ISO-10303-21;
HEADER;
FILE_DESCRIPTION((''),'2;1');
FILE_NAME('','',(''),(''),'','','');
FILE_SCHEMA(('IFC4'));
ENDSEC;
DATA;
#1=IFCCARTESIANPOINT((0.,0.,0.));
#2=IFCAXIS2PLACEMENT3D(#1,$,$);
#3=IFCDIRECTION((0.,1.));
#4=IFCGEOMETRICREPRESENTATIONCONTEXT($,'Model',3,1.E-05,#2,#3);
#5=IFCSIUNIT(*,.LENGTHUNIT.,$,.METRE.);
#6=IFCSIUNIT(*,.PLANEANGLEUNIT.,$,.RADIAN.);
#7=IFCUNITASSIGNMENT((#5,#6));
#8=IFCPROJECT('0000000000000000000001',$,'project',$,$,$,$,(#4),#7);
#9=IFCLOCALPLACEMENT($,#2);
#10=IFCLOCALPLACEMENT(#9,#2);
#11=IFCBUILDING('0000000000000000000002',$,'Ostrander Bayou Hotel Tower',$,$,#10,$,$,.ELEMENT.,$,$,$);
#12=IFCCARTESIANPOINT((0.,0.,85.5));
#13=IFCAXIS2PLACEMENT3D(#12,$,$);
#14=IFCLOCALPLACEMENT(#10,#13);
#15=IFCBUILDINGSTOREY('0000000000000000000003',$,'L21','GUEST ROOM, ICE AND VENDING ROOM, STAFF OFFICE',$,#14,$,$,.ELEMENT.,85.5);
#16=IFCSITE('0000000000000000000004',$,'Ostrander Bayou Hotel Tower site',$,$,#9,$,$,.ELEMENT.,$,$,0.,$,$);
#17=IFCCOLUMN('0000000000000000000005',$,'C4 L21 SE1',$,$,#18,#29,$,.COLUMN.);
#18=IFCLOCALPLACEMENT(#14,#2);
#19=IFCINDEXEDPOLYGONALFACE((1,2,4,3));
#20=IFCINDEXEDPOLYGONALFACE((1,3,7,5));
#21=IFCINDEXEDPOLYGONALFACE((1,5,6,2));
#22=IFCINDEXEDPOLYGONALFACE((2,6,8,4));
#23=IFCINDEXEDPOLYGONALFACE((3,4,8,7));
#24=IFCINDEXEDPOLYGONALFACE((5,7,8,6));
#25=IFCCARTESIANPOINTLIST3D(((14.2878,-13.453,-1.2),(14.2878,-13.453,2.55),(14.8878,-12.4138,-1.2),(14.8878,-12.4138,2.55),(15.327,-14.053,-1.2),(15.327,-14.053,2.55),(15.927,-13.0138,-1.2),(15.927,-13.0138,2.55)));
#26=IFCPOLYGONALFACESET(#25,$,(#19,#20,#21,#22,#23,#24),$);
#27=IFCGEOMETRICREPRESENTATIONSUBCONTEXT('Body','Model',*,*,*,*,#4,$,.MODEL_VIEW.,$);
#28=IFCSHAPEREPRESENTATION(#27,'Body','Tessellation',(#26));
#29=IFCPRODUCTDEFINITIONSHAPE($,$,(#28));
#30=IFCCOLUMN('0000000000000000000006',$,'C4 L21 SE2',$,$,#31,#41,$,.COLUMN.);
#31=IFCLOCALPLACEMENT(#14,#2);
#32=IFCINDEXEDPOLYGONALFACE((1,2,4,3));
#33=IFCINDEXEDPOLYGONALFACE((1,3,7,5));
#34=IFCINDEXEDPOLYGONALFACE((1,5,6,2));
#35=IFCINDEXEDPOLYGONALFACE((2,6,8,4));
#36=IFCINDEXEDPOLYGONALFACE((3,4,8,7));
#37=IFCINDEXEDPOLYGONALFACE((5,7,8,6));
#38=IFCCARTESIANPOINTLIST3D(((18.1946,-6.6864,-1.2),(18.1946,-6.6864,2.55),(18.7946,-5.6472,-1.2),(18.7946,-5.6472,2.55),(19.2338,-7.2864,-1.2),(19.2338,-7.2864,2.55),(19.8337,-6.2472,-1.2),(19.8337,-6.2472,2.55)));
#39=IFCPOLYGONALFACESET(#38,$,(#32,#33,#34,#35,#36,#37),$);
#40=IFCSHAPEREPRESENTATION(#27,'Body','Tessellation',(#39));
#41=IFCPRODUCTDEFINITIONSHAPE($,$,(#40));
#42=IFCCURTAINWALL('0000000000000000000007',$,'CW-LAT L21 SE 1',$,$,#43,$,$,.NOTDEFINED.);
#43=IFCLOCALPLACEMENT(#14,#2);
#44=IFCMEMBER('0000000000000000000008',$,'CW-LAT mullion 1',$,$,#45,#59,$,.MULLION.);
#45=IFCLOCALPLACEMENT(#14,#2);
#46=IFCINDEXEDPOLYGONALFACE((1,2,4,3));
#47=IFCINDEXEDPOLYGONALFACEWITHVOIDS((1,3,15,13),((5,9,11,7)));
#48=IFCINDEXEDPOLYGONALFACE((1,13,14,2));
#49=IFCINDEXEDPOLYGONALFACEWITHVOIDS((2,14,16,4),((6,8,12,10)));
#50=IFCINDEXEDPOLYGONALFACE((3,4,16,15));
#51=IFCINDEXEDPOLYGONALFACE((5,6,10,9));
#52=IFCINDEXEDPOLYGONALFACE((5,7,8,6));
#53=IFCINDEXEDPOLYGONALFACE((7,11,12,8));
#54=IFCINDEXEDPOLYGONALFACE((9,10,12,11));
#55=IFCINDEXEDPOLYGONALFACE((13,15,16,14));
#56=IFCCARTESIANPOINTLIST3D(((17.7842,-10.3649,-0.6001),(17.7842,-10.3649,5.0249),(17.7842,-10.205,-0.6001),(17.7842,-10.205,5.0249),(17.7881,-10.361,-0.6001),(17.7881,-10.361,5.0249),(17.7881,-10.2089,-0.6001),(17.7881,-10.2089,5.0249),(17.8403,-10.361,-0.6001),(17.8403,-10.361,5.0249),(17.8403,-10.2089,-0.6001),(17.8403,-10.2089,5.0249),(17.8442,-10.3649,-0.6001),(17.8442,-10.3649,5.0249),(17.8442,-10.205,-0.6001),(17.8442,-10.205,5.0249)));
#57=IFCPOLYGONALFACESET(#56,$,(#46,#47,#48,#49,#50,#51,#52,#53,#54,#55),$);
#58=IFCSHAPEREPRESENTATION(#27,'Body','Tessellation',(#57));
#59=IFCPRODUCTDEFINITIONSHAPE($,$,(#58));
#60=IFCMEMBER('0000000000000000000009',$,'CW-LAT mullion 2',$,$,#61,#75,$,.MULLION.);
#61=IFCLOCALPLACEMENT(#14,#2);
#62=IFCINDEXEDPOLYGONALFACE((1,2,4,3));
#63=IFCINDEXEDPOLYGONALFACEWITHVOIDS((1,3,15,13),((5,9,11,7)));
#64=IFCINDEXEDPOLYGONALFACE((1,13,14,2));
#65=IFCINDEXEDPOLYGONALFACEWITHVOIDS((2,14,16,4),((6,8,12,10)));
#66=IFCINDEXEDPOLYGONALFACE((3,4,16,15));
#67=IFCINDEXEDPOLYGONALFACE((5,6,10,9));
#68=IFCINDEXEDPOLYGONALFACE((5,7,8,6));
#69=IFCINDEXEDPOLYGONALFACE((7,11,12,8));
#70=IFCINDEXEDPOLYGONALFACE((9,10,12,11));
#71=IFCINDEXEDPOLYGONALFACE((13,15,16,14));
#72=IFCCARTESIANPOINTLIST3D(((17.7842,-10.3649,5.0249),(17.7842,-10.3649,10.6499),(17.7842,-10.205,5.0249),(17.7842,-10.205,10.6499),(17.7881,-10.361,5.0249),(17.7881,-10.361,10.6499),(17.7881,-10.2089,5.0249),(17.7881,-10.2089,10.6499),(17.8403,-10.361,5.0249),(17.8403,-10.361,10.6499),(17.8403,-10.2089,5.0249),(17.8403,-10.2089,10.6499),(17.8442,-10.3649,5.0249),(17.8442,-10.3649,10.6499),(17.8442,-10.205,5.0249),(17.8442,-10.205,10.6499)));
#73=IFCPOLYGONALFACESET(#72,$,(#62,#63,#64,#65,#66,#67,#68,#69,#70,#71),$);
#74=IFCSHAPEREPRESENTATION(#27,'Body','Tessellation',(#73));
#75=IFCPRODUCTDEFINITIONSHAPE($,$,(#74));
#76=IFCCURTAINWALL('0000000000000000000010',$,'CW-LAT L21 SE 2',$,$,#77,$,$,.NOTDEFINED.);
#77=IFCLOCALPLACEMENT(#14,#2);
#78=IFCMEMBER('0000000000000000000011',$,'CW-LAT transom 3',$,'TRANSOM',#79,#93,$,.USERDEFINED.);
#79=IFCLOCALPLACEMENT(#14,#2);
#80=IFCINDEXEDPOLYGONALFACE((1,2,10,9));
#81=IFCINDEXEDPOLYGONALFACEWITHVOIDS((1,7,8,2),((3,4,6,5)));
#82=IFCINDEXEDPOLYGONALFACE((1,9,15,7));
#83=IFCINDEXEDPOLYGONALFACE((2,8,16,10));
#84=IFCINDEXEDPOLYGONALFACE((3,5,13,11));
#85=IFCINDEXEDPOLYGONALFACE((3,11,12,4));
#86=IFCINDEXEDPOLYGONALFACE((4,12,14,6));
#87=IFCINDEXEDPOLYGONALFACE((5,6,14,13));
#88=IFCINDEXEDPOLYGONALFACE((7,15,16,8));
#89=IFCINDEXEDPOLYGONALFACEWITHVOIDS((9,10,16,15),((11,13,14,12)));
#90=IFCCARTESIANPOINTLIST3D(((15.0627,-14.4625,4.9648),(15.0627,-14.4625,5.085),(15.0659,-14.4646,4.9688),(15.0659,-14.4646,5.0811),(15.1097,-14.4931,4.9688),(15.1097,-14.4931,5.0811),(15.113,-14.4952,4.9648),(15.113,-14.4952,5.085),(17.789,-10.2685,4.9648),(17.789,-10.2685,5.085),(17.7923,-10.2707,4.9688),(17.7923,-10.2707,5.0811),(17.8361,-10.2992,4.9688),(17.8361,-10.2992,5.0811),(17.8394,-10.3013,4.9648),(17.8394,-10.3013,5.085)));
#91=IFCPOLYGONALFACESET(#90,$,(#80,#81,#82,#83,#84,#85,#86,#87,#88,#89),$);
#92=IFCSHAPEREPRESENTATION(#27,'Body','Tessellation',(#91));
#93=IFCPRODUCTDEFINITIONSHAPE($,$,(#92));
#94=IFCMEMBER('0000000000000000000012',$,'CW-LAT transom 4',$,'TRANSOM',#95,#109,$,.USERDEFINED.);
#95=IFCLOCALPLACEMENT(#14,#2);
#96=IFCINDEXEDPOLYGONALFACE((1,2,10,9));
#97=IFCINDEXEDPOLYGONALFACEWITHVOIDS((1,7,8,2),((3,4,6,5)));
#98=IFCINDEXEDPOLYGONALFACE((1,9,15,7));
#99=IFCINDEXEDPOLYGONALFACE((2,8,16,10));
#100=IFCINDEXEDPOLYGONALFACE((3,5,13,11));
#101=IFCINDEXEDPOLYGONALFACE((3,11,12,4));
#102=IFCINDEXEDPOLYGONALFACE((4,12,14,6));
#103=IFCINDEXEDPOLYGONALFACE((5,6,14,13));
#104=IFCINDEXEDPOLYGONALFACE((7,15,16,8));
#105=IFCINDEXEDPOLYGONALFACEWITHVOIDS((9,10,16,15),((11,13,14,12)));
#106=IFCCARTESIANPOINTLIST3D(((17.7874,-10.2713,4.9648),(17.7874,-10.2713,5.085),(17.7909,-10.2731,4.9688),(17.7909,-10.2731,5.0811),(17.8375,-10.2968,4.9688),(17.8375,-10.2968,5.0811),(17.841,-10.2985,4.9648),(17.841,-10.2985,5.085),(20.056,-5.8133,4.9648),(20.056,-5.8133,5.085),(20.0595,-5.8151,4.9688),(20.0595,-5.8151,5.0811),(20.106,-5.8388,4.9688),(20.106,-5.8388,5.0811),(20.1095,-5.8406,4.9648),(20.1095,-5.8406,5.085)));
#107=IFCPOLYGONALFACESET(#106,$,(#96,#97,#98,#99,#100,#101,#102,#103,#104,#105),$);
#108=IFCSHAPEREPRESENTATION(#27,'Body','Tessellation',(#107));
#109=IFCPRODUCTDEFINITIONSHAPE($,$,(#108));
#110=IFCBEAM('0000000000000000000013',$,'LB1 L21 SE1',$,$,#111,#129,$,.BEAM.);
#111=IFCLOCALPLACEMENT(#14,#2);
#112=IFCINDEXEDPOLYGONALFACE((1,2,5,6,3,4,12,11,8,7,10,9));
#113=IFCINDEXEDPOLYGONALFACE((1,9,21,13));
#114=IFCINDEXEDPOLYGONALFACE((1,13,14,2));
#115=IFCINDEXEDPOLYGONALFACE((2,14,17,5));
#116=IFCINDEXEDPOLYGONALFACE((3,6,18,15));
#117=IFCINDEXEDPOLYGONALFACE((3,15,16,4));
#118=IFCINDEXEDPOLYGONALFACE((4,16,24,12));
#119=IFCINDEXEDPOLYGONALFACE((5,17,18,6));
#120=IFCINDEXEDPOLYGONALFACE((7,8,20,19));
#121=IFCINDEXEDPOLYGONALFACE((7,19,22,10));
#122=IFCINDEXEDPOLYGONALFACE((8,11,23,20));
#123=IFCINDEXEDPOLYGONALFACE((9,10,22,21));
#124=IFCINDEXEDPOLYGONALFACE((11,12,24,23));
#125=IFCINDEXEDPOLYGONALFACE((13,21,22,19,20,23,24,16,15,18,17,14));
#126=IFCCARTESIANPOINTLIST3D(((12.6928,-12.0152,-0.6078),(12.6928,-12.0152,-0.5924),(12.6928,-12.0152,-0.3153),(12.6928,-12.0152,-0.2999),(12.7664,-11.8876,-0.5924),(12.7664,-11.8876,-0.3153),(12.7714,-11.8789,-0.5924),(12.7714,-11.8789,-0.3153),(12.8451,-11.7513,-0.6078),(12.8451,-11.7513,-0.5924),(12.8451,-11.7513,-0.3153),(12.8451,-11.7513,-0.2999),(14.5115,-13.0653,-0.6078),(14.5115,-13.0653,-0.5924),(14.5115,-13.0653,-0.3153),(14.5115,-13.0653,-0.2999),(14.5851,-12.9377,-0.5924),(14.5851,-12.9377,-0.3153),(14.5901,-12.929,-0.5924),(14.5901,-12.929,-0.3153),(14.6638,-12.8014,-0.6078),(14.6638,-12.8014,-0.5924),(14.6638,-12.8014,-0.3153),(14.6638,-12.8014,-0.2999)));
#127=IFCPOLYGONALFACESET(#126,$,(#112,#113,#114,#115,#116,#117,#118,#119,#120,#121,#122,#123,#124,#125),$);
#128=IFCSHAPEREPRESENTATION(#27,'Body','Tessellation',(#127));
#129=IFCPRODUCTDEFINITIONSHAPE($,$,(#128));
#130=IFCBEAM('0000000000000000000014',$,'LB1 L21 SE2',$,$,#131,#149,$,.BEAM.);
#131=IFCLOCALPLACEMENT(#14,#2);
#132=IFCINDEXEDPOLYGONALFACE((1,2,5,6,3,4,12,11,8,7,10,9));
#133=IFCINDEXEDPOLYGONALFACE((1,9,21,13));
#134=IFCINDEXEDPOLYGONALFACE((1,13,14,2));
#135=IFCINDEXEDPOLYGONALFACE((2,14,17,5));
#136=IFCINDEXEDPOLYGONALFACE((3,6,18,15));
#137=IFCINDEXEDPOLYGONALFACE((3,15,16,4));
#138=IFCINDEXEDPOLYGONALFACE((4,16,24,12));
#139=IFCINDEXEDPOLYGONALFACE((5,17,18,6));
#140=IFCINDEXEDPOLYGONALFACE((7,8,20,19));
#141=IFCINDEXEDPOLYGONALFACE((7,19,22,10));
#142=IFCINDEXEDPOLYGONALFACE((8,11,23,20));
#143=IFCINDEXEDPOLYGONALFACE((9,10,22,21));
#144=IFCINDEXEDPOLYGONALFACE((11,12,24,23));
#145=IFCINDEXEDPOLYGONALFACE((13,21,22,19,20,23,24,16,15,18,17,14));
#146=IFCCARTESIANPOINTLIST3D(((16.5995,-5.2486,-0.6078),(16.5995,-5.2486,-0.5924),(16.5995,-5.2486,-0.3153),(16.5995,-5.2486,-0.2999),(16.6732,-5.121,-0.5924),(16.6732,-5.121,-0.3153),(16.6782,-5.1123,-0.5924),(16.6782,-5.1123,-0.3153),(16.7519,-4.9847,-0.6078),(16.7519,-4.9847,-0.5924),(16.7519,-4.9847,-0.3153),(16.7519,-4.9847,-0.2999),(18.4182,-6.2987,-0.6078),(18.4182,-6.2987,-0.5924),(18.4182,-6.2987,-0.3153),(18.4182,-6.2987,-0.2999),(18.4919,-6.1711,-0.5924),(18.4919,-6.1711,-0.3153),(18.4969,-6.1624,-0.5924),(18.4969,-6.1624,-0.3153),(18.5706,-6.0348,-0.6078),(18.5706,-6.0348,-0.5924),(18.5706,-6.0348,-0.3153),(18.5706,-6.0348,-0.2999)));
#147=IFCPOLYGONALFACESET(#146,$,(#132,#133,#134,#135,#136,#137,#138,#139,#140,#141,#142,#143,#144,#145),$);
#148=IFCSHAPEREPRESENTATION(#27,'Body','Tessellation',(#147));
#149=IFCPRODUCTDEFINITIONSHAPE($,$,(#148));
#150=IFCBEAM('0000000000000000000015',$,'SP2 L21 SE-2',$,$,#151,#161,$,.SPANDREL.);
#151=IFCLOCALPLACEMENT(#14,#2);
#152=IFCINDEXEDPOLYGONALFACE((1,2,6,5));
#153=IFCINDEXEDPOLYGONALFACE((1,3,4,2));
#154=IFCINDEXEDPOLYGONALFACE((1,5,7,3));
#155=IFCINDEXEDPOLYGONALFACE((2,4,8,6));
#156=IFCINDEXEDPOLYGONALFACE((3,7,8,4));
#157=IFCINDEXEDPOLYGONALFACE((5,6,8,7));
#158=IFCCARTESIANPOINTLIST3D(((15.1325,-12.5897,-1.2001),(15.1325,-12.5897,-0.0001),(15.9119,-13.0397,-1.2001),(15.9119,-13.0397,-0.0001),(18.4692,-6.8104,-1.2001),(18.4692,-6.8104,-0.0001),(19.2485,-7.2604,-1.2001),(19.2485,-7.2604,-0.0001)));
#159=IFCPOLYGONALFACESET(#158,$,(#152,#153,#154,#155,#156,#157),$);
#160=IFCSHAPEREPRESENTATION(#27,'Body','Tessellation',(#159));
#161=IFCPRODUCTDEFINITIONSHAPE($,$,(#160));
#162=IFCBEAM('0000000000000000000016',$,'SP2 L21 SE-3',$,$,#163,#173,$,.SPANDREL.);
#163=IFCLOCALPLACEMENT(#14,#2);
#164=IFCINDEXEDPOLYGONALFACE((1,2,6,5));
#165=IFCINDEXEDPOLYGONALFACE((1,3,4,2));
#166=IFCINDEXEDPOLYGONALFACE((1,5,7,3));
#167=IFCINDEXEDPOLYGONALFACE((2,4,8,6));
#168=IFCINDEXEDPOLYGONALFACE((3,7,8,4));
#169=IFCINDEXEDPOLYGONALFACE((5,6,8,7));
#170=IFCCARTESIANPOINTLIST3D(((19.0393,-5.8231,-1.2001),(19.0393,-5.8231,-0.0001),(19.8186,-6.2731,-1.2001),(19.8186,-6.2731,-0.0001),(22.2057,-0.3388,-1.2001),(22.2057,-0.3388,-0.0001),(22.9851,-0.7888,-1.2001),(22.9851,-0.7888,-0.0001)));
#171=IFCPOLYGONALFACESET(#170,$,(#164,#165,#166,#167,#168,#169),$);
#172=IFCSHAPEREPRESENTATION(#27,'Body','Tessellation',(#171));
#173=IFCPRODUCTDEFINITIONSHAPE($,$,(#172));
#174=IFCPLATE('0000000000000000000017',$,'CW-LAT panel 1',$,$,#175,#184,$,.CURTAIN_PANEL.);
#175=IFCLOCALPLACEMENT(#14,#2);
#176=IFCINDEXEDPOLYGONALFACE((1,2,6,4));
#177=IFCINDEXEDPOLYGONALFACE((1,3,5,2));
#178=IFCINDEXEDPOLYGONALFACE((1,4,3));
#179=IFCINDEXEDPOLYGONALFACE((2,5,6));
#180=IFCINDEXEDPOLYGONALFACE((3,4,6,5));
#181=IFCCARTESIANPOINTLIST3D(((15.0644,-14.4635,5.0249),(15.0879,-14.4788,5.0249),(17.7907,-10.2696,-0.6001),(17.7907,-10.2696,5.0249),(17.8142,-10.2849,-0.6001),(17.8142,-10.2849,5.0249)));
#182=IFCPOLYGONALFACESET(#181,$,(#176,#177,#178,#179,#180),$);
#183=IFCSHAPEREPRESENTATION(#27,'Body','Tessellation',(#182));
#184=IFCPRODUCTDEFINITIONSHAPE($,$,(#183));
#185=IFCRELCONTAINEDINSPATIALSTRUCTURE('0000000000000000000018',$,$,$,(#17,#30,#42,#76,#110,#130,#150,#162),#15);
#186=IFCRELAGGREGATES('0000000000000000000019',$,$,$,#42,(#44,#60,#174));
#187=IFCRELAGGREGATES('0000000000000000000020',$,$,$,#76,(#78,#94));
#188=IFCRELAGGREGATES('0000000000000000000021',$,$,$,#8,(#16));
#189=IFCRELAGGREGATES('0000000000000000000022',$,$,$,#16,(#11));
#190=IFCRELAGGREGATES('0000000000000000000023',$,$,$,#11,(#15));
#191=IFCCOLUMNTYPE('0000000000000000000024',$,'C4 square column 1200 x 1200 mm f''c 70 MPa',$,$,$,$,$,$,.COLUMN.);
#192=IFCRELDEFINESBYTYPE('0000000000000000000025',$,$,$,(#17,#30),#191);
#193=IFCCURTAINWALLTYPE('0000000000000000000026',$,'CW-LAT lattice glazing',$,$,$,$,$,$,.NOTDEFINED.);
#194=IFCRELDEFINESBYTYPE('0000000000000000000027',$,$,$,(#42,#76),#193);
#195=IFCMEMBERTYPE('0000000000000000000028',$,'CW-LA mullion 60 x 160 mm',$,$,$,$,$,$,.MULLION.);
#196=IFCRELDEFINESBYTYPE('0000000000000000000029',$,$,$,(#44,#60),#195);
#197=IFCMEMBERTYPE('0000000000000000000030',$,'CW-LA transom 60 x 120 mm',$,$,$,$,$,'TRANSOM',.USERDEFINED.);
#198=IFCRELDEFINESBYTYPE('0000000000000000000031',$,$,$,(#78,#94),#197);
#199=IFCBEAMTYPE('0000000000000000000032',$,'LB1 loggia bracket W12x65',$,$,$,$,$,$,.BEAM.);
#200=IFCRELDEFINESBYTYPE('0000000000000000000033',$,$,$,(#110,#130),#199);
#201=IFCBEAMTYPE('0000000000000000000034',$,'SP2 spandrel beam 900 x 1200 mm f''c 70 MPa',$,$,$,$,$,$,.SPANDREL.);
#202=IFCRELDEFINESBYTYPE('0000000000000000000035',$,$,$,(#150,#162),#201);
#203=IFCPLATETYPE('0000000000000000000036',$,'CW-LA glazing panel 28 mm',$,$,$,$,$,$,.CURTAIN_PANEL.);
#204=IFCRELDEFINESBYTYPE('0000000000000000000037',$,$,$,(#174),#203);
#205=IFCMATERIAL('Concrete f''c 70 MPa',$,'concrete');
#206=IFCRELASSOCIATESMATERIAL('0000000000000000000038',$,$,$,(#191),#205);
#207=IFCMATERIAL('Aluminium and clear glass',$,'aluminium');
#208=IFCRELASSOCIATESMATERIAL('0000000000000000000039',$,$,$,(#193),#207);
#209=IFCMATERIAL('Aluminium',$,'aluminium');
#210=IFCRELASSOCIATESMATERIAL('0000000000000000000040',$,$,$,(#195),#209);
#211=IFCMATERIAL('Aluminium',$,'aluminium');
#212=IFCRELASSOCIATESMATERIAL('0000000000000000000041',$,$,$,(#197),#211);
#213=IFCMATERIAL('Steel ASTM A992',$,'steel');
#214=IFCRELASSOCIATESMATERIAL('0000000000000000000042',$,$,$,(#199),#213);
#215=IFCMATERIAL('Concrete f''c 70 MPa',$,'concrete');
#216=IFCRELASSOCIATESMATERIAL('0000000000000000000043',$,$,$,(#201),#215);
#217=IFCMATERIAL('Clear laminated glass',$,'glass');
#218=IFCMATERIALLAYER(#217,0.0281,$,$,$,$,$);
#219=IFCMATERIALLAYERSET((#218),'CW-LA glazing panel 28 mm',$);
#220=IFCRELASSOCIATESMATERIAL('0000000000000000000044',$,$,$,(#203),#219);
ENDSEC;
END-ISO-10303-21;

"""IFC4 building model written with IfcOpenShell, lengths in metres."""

from ifc_helpers import new_model, si_unit, direction, frame, origin, origin_2d, place, context, subcontext, project, spatial, polyline, rectangle, hollow_rectangle, i_section, outline, extrude, material, layer, layer_set, material_profile, profile_set, type_object, element, aggregate, save


model = new_model("IFC4")

# Units and contexts
model_context = context("Model", 3, precision=1e-05, world=origin(), true_north=direction((0.0, 1.0)))
body_context = subcontext(model_context, "Body", "Model", "MODEL_VIEW")
ifc_project = project(units=[si_unit("LENGTHUNIT", "METRE"), si_unit("PLANEANGLEUNIT", "RADIAN")], contexts=[model_context])

# Site, building, storey
site_placement = place(None, origin())
site = spatial("IfcSite", under=ifc_project, at=site_placement, Name="Ostrander Bayou Hotel Tower site", CompositionType="ELEMENT", RefElevation=0.0)
building_placement = place(site_placement, origin())
building = spatial("IfcBuilding", under=site, at=building_placement, Name="Ostrander Bayou Hotel Tower", CompositionType="ELEMENT")
storey_placement = place(building_placement, frame((0.0, 0.0, 85.5)))
storey = spatial("IfcBuildingStorey", under=building, at=storey_placement, Name="L21", Description="GUEST ROOM, ICE AND VENDING ROOM, STAFF OFFICE", CompositionType="ELEMENT", Elevation=85.5)

# Columns
ifc_material_1 = material(Name="Concrete f'c 70 MPa", Category="concrete")
ifc_material_profile_1 = material_profile(ifc_material_1, rectangle(XDim=1.2, YDim=1.2, at=origin_2d()))
ifc_profile_set_1 = profile_set([ifc_material_profile_1], Name="Concrete f'c 70 MPa")
column_type = type_object("IfcColumnType", Name="C4 square column 1200 x 1200 mm f'c 70 MPa", PredefinedType="COLUMN", material=ifc_profile_set_1)
for number, where, z_axis, x_axis, name in (
    (1, (15.1074, -13.2334, -1.2), (0.0, 0.0, 1.0), (-0.5, -0.866025, 0.0), "C4 L21 SE1"),
    (2, (19.0142, -6.4668, -1.2), (0.0, 0.0, 1.0), (-0.5, -0.866025, 0.0), "C4 L21 SE2"),
):
    element("IfcColumn", number, at=place(storey_placement, frame(where, z_axis=z_axis, x_axis=x_axis)), inside=storey, type_object=column_type, Name=name, PredefinedType="COLUMN", context=body_context, shape_type="SweptSolid", body=[
        extrude(rectangle(XDim=1.2, YDim=1.2, at=origin_2d()), origin(), (0.0, 0.0, 1.0), 3.75),
    ])

# Curtain walls, members
ifc_material_2 = material(Name="Aluminium and clear glass", Category="aluminium")
curtain_wall_type = type_object("IfcCurtainWallType", Name="CW-LAT lattice glazing", PredefinedType="NOTDEFINED", material=ifc_material_2)
curtain_wall_1_placement = place(storey_placement, origin())
curtain_wall_1 = element("IfcCurtainWall", 3, at=curtain_wall_1_placement, inside=storey, type_object=curtain_wall_type, Name="CW-LAT L21 SE 1", PredefinedType="NOTDEFINED")
ifc_material_3 = material(Name="Aluminium", Category="aluminium")
ifc_material_profile_2 = material_profile(ifc_material_3, hollow_rectangle(XDim=0.0601, YDim=0.1599, WallThickness=0.0039, at=origin_2d()))
ifc_profile_set_2 = profile_set([ifc_material_profile_2], Name="Aluminium")
member_type_1 = type_object("IfcMemberType", Name="CW-LA mullion 60 x 160 mm", PredefinedType="MULLION", material=ifc_profile_set_2)
member_1_placement = place(storey_placement, frame((17.8142, -10.2849, -0.6001), z_axis=(0.0, 0.0, 1.0), x_axis=(1.0, 0.0, 0.0)))
member_1 = element("IfcMember", 4, at=member_1_placement, type_object=member_type_1, Name="CW-LAT mullion 1", PredefinedType="MULLION", context=body_context, shape_type="SweptSolid", body=[
    extrude(hollow_rectangle(XDim=0.0601, YDim=0.1599, WallThickness=0.0039, at=origin_2d()), origin(), (0.0, 0.0, 1.0), 5.625),
])
member_2_placement = place(storey_placement, frame((17.8142, -10.2849, 5.0249), z_axis=(0.0, 0.0, 1.0), x_axis=(1.0, 0.0, 0.0)))
member_2 = element("IfcMember", 5, at=member_2_placement, type_object=member_type_1, Name="CW-LAT mullion 2", PredefinedType="MULLION", context=body_context, shape_type="SweptSolid", body=[
    extrude(hollow_rectangle(XDim=0.0601, YDim=0.1599, WallThickness=0.0039, at=origin_2d()), origin(), (0.0, 0.0, 1.0), 5.625),
])
curtain_wall_2_placement = place(storey_placement, origin())
curtain_wall_2 = element("IfcCurtainWall", 6, at=curtain_wall_2_placement, inside=storey, type_object=curtain_wall_type, Name="CW-LAT L21 SE 2", PredefinedType="NOTDEFINED")
ifc_material_4 = material(Name="Aluminium", Category="aluminium")
ifc_material_profile_3 = material_profile(ifc_material_4, hollow_rectangle(XDim=0.0601, YDim=0.1201, WallThickness=0.0039, at=origin_2d()))
ifc_profile_set_3 = profile_set([ifc_material_profile_3], Name="Aluminium")
member_type_2 = type_object("IfcMemberType", Name="CW-LA transom 60 x 120 mm", ElementType="TRANSOM", PredefinedType="USERDEFINED", material=ifc_profile_set_3)
member_3_placement = place(storey_placement, frame((17.8142, -10.2849, 5.0249), z_axis=(-0.545033, -0.838415, 0.0), x_axis=(0.838415, -0.545033, 0.0)))
member_3 = element("IfcMember", 7, at=member_3_placement, type_object=member_type_2, Name="CW-LAT transom 3", ObjectType="TRANSOM", PredefinedType="USERDEFINED", context=body_context, shape_type="SweptSolid", body=[
    extrude(hollow_rectangle(XDim=0.0601, YDim=0.1201, WallThickness=0.0039, at=origin_2d()), origin(), (0.0, 0.0, 1.0), 5.0022),
])
member_4_placement = place(storey_placement, frame((17.8142, -10.2849, 5.0249), z_axis=(0.453528, 0.891242, 0.0), x_axis=(-0.891242, 0.453528, 0.0)))
member_4 = element("IfcMember", 8, at=member_4_placement, type_object=member_type_2, Name="CW-LAT transom 4", ObjectType="TRANSOM", PredefinedType="USERDEFINED", context=body_context, shape_type="SweptSolid", body=[
    extrude(hollow_rectangle(XDim=0.0601, YDim=0.1201, WallThickness=0.0039, at=origin_2d()), origin(), (0.0, 0.0, 1.0), 5.002),
])

# Beams
ifc_material_5 = material(Name="Steel ASTM A992", Category="steel")
ifc_material_profile_4 = material_profile(ifc_material_5, i_section(OverallWidth=0.3047, OverallDepth=0.3079, WebThickness=0.01, FlangeThickness=0.0154, at=origin_2d()))
ifc_profile_set_4 = profile_set([ifc_material_profile_4], Name="Steel ASTM A992")
beam_type_1 = type_object("IfcBeamType", Name="LB1 loggia bracket W12x65", PredefinedType="BEAM", material=ifc_profile_set_4)
for number, where, z_axis, x_axis, name in (
    (9, (14.5876, -12.9333, -0.4539), (-0.866009, 0.500028, 0.0), (-0.500028, -0.866009, 0.0), "LB1 L21 SE1"),
    (10, (18.4944, -6.1667, -0.4539), (-0.866009, 0.500028, 0.0), (-0.500028, -0.866009, 0.0), "LB1 L21 SE2"),
):
    element("IfcBeam", number, at=place(storey_placement, frame(where, z_axis=z_axis, x_axis=x_axis)), inside=storey, type_object=beam_type_1, Name=name, PredefinedType="BEAM", context=body_context, shape_type="SweptSolid", body=[
        extrude(i_section(OverallWidth=0.3047, OverallDepth=0.3079, WebThickness=0.01, FlangeThickness=0.0154, at=origin_2d()), origin(), (0.0, 0.0, 1.0), 2.1001),
    ])
ifc_material_6 = material(Name="Concrete f'c 70 MPa", Category="concrete")
ifc_material_profile_5 = material_profile(ifc_material_6, rectangle(XDim=0.8999, YDim=1.2, at=origin_2d()))
ifc_profile_set_5 = profile_set([ifc_material_profile_5], Name="Concrete f'c 70 MPa")
beam_type_2 = type_object("IfcBeamType", Name="SP2 spandrel beam 900 x 1200 mm f'c 70 MPa", PredefinedType="SPANDREL", material=ifc_profile_set_5)
beam_1_placement = place(storey_placement, frame((15.5222, -12.8147, -0.6001), z_axis=(0.499999, 0.866026, 0.0), x_axis=(-0.866026, 0.499999, 0.0)))
element("IfcBeam", 11, at=beam_1_placement, inside=storey, type_object=beam_type_2, Name="SP2 L21 SE-2", PredefinedType="SPANDREL", context=body_context, shape_type="SweptSolid", body=[
    extrude(rectangle(XDim=0.8999, YDim=1.2, at=origin_2d()), origin(), (0.0, 0.0, 1.0), 6.6733),
])
beam_2_placement = place(storey_placement, frame((19.429, -6.0481, -0.6001), z_axis=(0.500012, 0.866019, 0.0), x_axis=(-0.866019, 0.500012, 0.0)))
element("IfcBeam", 12, at=beam_2_placement, inside=storey, type_object=beam_type_2, Name="SP2 L21 SE-3", PredefinedType="SPANDREL", context=body_context, shape_type="SweptSolid", body=[
    extrude(rectangle(XDim=0.8999, YDim=1.2, at=origin_2d()), origin(), (0.0, 0.0, 1.0), 6.3328),
])

# Plate
ifc_material_7 = material(Name="Clear laminated glass", Category="glass")
ifc_layer_1 = layer(ifc_material_7, 0.0281)
ifc_layer_set_1 = layer_set([ifc_layer_1], Name="CW-LA glazing panel 28 mm")
plate_type = type_object("IfcPlateType", Name="CW-LA glazing panel 28 mm", PredefinedType="CURTAIN_PANEL", material=ifc_layer_set_1)
plate_1_placement = place(storey_placement, frame((15.0879, -14.4788, 5.0249), z_axis=(0.838415, -0.545033, 0.0), x_axis=(0.362186, 0.557144, -0.74727)))
plate_1 = element("IfcPlate", 13, at=plate_1_placement, type_object=plate_type, Name="CW-LAT panel 1", PredefinedType="CURTAIN_PANEL", context=body_context, shape_type="SweptSolid", body=[
    extrude(outline(polyline([(0.0, 0.0), (7.5274, 0.0), (3.324, 3.7379), (0.0, 0.0)])), origin(), (0.0, 0.0, -1.0), 0.0281),
])
aggregate(curtain_wall_1, [member_1, member_2, plate_1])
aggregate(curtain_wall_2, [member_3, member_4])

save(model, "model.ifc")
